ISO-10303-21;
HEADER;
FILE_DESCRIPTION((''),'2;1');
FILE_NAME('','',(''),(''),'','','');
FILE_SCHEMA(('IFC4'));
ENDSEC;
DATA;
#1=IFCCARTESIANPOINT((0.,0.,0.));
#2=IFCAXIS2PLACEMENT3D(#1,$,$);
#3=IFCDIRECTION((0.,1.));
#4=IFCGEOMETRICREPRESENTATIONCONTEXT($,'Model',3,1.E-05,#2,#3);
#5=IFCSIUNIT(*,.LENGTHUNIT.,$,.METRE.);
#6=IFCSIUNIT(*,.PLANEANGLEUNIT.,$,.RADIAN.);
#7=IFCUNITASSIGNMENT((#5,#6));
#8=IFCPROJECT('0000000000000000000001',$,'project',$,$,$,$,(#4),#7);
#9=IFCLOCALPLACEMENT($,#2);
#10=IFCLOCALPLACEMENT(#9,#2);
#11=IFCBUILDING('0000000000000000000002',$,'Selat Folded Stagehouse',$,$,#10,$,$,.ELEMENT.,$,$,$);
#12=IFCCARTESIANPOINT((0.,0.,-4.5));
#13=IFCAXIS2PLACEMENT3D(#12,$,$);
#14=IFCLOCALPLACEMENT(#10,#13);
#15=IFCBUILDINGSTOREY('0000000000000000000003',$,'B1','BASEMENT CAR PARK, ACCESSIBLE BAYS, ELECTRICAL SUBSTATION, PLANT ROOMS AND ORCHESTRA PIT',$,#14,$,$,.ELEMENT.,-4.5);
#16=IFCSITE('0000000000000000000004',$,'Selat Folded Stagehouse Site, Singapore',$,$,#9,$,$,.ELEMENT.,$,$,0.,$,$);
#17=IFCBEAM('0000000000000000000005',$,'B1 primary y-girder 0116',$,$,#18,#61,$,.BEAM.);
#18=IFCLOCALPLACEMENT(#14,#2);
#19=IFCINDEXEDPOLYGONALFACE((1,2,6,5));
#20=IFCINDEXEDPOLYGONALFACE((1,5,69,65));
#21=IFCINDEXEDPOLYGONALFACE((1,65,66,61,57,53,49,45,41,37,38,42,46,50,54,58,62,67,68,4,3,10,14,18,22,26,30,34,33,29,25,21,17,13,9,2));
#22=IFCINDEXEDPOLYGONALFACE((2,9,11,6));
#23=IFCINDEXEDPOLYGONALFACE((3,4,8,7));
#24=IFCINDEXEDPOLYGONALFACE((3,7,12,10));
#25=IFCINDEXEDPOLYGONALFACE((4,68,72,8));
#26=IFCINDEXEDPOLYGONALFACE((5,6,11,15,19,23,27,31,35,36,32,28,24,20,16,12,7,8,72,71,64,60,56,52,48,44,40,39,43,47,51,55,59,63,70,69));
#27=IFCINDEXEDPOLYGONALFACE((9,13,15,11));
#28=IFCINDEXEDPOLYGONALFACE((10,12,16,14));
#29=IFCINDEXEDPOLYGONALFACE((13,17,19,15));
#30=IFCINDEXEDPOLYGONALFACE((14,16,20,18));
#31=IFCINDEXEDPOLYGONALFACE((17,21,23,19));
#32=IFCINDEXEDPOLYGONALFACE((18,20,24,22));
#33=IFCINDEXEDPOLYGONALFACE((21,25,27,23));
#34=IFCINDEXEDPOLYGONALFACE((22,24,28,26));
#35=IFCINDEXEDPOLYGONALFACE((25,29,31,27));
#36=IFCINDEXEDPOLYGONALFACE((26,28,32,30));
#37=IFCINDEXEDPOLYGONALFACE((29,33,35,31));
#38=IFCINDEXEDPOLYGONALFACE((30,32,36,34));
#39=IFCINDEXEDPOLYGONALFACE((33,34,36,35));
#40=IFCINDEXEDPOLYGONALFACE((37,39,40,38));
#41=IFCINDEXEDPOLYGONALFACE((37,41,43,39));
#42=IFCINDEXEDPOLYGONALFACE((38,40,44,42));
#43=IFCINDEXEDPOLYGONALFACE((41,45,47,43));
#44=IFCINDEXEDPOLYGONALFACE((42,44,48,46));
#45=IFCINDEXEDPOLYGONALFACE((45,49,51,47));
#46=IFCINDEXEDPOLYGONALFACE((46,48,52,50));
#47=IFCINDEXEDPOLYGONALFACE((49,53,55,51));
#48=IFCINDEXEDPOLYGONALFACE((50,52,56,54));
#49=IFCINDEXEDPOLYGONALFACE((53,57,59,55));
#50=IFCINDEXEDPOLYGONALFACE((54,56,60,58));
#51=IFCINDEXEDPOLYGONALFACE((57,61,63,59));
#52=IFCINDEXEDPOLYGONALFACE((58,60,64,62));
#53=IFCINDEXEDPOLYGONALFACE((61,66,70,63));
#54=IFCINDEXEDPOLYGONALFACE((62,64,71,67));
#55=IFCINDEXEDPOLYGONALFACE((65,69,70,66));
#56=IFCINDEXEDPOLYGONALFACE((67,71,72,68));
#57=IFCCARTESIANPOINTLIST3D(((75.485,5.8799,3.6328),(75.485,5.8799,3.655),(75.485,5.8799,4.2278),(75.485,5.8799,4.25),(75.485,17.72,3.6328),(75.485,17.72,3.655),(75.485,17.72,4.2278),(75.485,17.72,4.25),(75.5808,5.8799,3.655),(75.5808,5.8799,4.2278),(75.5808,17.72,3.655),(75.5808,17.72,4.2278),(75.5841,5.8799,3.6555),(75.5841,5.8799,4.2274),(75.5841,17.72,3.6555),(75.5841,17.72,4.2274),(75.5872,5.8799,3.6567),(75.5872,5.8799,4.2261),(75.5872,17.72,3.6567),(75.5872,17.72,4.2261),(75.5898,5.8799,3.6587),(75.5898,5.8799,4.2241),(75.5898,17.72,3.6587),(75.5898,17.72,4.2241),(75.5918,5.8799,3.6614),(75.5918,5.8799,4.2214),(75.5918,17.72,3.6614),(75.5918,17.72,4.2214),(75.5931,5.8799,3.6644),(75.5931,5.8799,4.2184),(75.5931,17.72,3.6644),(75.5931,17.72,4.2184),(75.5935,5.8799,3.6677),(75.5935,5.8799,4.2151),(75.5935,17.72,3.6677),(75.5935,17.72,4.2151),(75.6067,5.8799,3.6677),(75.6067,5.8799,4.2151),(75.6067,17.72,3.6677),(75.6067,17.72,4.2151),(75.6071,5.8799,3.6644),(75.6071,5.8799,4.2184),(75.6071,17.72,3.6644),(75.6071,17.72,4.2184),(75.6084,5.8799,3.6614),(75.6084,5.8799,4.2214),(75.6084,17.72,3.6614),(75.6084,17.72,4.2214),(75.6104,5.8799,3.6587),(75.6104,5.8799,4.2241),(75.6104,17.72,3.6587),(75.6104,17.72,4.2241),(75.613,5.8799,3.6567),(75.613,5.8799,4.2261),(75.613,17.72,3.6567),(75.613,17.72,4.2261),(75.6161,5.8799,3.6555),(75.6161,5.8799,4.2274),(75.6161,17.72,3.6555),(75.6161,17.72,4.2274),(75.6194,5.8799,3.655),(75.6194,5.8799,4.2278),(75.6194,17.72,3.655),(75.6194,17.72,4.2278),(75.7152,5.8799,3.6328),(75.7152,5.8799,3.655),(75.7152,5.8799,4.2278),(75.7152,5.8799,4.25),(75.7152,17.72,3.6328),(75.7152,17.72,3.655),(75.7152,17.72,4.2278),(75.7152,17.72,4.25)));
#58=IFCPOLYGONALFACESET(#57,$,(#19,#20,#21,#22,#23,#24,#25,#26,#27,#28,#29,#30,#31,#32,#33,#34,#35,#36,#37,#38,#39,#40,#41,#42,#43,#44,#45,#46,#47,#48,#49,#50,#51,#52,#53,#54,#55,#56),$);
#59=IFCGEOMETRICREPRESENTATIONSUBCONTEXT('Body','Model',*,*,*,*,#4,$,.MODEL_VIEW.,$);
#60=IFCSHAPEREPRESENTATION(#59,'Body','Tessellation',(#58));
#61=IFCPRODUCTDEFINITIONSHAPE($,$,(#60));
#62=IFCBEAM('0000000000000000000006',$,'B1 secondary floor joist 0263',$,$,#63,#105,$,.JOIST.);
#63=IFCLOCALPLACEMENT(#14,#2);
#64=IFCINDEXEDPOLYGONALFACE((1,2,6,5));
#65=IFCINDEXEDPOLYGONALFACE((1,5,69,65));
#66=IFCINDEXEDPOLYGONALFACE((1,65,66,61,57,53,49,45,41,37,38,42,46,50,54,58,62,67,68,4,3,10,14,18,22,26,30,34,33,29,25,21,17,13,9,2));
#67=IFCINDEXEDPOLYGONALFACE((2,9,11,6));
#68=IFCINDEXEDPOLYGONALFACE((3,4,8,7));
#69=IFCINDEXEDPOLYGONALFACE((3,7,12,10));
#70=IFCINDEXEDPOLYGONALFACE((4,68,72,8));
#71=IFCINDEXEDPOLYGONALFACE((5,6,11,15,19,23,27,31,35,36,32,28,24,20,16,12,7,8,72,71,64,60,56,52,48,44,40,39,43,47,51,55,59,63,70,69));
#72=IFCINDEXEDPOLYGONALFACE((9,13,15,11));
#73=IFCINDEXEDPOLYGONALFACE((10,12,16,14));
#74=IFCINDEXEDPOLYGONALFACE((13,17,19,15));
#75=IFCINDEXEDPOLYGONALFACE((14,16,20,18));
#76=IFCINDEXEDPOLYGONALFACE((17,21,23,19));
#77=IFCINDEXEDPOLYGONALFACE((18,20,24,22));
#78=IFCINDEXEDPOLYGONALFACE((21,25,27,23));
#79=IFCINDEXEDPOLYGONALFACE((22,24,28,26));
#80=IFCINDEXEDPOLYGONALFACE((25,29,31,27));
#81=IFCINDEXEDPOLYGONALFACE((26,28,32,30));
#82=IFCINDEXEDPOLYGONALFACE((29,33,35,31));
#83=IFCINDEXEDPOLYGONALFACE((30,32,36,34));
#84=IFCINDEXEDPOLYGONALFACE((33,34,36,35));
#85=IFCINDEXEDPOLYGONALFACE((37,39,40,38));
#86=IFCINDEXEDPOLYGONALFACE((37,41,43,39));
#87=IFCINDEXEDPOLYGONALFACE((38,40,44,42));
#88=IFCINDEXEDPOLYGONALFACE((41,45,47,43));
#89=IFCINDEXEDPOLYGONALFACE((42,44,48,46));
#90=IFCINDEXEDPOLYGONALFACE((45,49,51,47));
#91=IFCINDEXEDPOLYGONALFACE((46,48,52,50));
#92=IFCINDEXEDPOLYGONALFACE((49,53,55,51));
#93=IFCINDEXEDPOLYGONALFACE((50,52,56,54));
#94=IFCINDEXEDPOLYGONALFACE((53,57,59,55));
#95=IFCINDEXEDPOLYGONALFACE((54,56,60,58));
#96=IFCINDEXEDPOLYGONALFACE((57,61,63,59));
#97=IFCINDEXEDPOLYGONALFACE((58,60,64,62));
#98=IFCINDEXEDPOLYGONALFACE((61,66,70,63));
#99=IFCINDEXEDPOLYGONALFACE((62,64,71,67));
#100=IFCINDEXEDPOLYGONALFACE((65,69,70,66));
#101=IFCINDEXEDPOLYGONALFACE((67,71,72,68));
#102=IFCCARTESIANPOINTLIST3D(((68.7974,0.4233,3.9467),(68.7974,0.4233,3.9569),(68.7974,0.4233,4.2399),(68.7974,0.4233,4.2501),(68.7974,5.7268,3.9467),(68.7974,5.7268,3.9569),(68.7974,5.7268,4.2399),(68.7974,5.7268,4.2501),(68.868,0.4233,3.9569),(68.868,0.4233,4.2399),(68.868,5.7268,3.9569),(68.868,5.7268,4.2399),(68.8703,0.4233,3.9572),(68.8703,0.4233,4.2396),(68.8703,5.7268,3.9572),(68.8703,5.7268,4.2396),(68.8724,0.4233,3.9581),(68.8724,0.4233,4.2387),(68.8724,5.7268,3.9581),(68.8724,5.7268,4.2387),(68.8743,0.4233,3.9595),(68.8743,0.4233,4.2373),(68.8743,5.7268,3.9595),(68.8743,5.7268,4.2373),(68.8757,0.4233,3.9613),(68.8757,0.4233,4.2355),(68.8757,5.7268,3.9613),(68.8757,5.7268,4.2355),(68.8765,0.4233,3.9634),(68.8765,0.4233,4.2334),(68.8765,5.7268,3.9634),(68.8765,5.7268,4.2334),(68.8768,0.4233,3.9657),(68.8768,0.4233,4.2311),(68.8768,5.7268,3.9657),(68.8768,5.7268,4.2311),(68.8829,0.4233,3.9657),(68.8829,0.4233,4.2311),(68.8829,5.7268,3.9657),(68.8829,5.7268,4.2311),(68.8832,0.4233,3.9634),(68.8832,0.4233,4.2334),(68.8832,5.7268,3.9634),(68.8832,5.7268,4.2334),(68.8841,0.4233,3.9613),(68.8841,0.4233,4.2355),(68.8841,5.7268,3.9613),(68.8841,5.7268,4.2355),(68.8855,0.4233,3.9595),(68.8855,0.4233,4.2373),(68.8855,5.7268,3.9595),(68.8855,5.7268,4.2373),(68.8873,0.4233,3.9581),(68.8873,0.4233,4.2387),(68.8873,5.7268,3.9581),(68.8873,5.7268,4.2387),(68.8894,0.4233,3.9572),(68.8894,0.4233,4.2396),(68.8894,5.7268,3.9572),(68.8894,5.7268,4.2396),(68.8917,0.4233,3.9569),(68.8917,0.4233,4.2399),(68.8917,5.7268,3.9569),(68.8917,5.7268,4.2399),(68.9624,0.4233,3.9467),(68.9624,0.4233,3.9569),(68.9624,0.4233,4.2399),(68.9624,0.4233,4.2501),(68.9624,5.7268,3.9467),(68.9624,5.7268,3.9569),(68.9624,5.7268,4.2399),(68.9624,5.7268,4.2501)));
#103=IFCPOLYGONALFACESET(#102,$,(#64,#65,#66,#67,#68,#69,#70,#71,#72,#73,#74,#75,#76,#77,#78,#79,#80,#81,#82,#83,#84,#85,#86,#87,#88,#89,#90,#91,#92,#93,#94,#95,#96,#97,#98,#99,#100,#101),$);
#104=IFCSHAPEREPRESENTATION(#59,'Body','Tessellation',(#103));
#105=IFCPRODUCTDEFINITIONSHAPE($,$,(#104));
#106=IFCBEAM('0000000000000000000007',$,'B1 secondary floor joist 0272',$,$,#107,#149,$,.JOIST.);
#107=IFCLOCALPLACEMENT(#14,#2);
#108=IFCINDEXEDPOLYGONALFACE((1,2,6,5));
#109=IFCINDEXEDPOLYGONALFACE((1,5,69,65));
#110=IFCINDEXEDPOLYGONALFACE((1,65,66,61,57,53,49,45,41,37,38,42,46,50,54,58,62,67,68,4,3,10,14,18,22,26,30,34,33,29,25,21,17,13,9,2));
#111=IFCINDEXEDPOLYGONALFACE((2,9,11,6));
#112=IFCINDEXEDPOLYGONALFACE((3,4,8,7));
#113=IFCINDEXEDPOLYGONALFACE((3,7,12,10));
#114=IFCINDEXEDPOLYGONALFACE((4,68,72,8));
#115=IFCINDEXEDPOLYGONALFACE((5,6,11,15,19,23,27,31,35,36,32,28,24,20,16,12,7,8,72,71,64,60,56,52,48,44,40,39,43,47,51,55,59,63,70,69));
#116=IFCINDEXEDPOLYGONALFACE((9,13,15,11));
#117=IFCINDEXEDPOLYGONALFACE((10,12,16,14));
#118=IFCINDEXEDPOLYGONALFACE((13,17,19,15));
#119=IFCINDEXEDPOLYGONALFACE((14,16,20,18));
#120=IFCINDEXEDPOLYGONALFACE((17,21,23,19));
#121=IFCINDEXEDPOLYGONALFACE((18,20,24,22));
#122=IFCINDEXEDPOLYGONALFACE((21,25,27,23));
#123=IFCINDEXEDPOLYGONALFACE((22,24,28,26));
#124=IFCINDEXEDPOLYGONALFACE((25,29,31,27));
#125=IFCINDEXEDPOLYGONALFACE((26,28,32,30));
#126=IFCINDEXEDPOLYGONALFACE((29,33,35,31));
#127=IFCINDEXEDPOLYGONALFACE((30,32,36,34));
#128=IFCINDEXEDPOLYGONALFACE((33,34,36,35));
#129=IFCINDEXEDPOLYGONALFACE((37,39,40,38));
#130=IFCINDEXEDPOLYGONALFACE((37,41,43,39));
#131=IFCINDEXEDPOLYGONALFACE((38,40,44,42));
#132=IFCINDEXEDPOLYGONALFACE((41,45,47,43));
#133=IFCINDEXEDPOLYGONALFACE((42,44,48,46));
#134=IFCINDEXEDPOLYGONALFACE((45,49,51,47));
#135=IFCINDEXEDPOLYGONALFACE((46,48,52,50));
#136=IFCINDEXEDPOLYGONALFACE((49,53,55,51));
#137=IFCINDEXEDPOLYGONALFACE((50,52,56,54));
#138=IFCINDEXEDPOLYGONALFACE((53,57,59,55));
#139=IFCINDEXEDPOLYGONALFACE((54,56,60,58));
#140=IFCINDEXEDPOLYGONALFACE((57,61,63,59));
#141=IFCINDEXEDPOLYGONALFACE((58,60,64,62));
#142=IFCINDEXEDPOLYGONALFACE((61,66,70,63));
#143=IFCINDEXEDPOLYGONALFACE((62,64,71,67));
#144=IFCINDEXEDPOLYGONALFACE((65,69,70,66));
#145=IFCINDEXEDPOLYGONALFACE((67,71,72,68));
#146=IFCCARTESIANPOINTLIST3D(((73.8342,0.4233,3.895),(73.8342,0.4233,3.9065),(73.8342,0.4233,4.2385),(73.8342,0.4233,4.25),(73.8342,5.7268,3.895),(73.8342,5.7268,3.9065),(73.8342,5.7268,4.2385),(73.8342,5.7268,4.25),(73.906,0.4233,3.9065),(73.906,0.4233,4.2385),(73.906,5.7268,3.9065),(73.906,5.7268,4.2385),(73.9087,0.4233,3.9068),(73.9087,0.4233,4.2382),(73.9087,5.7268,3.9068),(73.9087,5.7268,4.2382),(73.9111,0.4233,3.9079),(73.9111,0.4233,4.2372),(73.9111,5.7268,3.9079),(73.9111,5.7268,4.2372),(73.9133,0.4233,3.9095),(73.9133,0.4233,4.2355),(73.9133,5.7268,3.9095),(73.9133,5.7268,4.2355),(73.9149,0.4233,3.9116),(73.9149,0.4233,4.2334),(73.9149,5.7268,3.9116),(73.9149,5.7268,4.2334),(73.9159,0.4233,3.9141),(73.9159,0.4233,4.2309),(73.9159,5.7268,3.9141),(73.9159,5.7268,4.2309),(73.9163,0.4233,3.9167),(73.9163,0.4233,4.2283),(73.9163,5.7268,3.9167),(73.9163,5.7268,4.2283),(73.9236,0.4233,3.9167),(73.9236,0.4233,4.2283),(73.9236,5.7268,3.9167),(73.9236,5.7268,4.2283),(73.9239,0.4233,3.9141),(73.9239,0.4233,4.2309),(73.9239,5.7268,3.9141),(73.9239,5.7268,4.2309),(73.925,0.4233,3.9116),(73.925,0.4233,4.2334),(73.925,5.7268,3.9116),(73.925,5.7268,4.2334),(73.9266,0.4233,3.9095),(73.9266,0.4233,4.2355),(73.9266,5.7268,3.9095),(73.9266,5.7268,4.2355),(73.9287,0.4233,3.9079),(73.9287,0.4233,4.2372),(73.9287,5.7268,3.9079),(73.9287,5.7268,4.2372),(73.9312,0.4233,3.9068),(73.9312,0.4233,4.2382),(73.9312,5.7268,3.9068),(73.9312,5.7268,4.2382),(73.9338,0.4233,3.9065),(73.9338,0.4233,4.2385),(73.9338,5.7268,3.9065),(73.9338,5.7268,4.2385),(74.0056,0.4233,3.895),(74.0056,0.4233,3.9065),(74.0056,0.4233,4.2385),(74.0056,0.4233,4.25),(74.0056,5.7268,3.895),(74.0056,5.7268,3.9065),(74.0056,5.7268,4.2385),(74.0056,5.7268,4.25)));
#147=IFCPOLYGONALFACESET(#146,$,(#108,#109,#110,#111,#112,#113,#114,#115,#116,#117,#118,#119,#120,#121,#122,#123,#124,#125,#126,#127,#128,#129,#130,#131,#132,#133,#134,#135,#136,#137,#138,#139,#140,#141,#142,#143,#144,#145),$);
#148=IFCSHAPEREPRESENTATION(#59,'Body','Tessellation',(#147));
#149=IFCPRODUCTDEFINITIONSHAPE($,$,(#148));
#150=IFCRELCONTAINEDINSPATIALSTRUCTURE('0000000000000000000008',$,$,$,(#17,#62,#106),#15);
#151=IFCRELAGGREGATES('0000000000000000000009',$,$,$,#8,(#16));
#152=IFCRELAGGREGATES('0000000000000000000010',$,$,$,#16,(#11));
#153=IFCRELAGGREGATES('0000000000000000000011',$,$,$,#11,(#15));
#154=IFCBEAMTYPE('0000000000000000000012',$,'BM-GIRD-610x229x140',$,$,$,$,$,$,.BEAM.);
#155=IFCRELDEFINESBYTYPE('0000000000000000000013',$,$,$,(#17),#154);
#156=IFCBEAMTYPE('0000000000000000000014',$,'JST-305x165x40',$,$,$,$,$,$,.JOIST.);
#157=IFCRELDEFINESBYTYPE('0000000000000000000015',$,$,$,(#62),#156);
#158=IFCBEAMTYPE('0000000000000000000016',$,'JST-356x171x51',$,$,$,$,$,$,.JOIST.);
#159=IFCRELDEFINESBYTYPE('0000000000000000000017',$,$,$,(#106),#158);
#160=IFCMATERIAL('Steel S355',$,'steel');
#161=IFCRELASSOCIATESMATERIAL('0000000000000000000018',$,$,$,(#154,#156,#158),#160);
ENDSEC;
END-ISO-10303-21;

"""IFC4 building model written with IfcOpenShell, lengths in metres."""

from ifc_helpers import new_model, si_unit, direction, frame, origin, origin_2d, place, context, subcontext, project, spatial, i_section, extrude, material, material_profile, profile_set, type_object, element, save


model = new_model("IFC4")

# Units and contexts
model_context = context("Model", 3, precision=1e-05, world=origin(), true_north=direction((0.0, 1.0)))
body_context = subcontext(model_context, "Body", "Model", "MODEL_VIEW")
ifc_project = project(units=[si_unit("LENGTHUNIT", "METRE"), si_unit("PLANEANGLEUNIT", "RADIAN")], contexts=[model_context])

# Site, building, storey
site_placement = place(None, origin())
site = spatial("IfcSite", under=ifc_project, at=site_placement, Name="Selat Folded Stagehouse Site, Singapore", CompositionType="ELEMENT", RefElevation=0.0)
building_placement = place(site_placement, origin())
building = spatial("IfcBuilding", under=site, at=building_placement, Name="Selat Folded Stagehouse", CompositionType="ELEMENT")
storey_placement = place(building_placement, frame((0.0, 0.0, -4.5)))
storey = spatial("IfcBuildingStorey", under=building, at=storey_placement, Name="B1", Description="BASEMENT CAR PARK, ACCESSIBLE BAYS, ELECTRICAL SUBSTATION, PLANT ROOMS AND ORCHESTRA PIT", CompositionType="ELEMENT", Elevation=-4.5)

# Shared definitions
ifc_material_1 = material(Name="Steel S355", Category="steel")

# Beams
ifc_material_profile_1 = material_profile(ifc_material_1, i_section(OverallWidth=0.2302, OverallDepth=0.6172, WebThickness=0.0132, FlangeThickness=0.0222, FilletRadius=0.0127, at=origin_2d()), Name="UKB 610x229x140")
ifc_profile_set_1 = profile_set([ifc_material_profile_1], Name="Steel S355")
beam_type_1 = type_object("IfcBeamType", Name="BM-GIRD-610x229x140", PredefinedType="BEAM", material=ifc_profile_set_1)
beam_1_placement = place(storey_placement, frame((75.6001, 5.8799, 3.9414), z_axis=(0.0, 1.0, 0.0), x_axis=(-1.0, 0.0, 0.0)))
element("IfcBeam", 1, at=beam_1_placement, inside=storey, type_object=beam_type_1, Name="B1 primary y-girder 0116", PredefinedType="BEAM", context=body_context, shape_type="SweptSolid", body=[
    extrude(i_section(OverallWidth=0.2302, OverallDepth=0.6172, WebThickness=0.0132, FlangeThickness=0.0222, FilletRadius=0.0127, at=origin_2d()), origin(), (0.0, 0.0, 1.0), 11.8401),
])
ifc_material_profile_2 = material_profile(ifc_material_1, i_section(OverallWidth=0.165, OverallDepth=0.3035, WebThickness=0.0061, FlangeThickness=0.0103, FilletRadius=0.0088, at=origin_2d()), Name="UKB 305x165x40")
ifc_profile_set_2 = profile_set([ifc_material_profile_2], Name="Steel S355")
beam_type_2 = type_object("IfcBeamType", Name="JST-305x165x40", PredefinedType="JOIST", material=ifc_profile_set_2)
beam_2_placement = place(storey_placement, frame((68.8799, 0.4233, 4.0984), z_axis=(0.0, 1.0, 0.0), x_axis=(-1.0, 0.0, 0.0)))
element("IfcBeam", 2, at=beam_2_placement, inside=storey, type_object=beam_type_2, Name="B1 secondary floor joist 0263", PredefinedType="JOIST", context=body_context, shape_type="SweptSolid", body=[
    extrude(i_section(OverallWidth=0.165, OverallDepth=0.3035, WebThickness=0.0061, FlangeThickness=0.0103, FilletRadius=0.0088, at=origin_2d()), origin(), (0.0, 0.0, 1.0), 5.3035),
])
ifc_material_profile_3 = material_profile(ifc_material_1, i_section(OverallWidth=0.1714, OverallDepth=0.355, WebThickness=0.0073, FlangeThickness=0.0115, FilletRadius=0.0103, at=origin_2d()), Name="UKB 356x171x51")
ifc_profile_set_3 = profile_set([ifc_material_profile_3], Name="Steel S355")
beam_type_3 = type_object("IfcBeamType", Name="JST-356x171x51", PredefinedType="JOIST", material=ifc_profile_set_3)
beam_3_placement = place(storey_placement, frame((73.9199, 0.4233, 4.0725), z_axis=(0.0, 1.0, 0.0), x_axis=(-1.0, 0.0, 0.0)))
element("IfcBeam", 3, at=beam_3_placement, inside=storey, type_object=beam_type_3, Name="B1 secondary floor joist 0272", PredefinedType="JOIST", context=body_context, shape_type="SweptSolid", body=[
    extrude(i_section(OverallWidth=0.1714, OverallDepth=0.355, WebThickness=0.0073, FlangeThickness=0.0115, FilletRadius=0.0103, at=origin_2d()), origin(), (0.0, 0.0, 1.0), 5.3035),
])

save(model, "model.ifc")
